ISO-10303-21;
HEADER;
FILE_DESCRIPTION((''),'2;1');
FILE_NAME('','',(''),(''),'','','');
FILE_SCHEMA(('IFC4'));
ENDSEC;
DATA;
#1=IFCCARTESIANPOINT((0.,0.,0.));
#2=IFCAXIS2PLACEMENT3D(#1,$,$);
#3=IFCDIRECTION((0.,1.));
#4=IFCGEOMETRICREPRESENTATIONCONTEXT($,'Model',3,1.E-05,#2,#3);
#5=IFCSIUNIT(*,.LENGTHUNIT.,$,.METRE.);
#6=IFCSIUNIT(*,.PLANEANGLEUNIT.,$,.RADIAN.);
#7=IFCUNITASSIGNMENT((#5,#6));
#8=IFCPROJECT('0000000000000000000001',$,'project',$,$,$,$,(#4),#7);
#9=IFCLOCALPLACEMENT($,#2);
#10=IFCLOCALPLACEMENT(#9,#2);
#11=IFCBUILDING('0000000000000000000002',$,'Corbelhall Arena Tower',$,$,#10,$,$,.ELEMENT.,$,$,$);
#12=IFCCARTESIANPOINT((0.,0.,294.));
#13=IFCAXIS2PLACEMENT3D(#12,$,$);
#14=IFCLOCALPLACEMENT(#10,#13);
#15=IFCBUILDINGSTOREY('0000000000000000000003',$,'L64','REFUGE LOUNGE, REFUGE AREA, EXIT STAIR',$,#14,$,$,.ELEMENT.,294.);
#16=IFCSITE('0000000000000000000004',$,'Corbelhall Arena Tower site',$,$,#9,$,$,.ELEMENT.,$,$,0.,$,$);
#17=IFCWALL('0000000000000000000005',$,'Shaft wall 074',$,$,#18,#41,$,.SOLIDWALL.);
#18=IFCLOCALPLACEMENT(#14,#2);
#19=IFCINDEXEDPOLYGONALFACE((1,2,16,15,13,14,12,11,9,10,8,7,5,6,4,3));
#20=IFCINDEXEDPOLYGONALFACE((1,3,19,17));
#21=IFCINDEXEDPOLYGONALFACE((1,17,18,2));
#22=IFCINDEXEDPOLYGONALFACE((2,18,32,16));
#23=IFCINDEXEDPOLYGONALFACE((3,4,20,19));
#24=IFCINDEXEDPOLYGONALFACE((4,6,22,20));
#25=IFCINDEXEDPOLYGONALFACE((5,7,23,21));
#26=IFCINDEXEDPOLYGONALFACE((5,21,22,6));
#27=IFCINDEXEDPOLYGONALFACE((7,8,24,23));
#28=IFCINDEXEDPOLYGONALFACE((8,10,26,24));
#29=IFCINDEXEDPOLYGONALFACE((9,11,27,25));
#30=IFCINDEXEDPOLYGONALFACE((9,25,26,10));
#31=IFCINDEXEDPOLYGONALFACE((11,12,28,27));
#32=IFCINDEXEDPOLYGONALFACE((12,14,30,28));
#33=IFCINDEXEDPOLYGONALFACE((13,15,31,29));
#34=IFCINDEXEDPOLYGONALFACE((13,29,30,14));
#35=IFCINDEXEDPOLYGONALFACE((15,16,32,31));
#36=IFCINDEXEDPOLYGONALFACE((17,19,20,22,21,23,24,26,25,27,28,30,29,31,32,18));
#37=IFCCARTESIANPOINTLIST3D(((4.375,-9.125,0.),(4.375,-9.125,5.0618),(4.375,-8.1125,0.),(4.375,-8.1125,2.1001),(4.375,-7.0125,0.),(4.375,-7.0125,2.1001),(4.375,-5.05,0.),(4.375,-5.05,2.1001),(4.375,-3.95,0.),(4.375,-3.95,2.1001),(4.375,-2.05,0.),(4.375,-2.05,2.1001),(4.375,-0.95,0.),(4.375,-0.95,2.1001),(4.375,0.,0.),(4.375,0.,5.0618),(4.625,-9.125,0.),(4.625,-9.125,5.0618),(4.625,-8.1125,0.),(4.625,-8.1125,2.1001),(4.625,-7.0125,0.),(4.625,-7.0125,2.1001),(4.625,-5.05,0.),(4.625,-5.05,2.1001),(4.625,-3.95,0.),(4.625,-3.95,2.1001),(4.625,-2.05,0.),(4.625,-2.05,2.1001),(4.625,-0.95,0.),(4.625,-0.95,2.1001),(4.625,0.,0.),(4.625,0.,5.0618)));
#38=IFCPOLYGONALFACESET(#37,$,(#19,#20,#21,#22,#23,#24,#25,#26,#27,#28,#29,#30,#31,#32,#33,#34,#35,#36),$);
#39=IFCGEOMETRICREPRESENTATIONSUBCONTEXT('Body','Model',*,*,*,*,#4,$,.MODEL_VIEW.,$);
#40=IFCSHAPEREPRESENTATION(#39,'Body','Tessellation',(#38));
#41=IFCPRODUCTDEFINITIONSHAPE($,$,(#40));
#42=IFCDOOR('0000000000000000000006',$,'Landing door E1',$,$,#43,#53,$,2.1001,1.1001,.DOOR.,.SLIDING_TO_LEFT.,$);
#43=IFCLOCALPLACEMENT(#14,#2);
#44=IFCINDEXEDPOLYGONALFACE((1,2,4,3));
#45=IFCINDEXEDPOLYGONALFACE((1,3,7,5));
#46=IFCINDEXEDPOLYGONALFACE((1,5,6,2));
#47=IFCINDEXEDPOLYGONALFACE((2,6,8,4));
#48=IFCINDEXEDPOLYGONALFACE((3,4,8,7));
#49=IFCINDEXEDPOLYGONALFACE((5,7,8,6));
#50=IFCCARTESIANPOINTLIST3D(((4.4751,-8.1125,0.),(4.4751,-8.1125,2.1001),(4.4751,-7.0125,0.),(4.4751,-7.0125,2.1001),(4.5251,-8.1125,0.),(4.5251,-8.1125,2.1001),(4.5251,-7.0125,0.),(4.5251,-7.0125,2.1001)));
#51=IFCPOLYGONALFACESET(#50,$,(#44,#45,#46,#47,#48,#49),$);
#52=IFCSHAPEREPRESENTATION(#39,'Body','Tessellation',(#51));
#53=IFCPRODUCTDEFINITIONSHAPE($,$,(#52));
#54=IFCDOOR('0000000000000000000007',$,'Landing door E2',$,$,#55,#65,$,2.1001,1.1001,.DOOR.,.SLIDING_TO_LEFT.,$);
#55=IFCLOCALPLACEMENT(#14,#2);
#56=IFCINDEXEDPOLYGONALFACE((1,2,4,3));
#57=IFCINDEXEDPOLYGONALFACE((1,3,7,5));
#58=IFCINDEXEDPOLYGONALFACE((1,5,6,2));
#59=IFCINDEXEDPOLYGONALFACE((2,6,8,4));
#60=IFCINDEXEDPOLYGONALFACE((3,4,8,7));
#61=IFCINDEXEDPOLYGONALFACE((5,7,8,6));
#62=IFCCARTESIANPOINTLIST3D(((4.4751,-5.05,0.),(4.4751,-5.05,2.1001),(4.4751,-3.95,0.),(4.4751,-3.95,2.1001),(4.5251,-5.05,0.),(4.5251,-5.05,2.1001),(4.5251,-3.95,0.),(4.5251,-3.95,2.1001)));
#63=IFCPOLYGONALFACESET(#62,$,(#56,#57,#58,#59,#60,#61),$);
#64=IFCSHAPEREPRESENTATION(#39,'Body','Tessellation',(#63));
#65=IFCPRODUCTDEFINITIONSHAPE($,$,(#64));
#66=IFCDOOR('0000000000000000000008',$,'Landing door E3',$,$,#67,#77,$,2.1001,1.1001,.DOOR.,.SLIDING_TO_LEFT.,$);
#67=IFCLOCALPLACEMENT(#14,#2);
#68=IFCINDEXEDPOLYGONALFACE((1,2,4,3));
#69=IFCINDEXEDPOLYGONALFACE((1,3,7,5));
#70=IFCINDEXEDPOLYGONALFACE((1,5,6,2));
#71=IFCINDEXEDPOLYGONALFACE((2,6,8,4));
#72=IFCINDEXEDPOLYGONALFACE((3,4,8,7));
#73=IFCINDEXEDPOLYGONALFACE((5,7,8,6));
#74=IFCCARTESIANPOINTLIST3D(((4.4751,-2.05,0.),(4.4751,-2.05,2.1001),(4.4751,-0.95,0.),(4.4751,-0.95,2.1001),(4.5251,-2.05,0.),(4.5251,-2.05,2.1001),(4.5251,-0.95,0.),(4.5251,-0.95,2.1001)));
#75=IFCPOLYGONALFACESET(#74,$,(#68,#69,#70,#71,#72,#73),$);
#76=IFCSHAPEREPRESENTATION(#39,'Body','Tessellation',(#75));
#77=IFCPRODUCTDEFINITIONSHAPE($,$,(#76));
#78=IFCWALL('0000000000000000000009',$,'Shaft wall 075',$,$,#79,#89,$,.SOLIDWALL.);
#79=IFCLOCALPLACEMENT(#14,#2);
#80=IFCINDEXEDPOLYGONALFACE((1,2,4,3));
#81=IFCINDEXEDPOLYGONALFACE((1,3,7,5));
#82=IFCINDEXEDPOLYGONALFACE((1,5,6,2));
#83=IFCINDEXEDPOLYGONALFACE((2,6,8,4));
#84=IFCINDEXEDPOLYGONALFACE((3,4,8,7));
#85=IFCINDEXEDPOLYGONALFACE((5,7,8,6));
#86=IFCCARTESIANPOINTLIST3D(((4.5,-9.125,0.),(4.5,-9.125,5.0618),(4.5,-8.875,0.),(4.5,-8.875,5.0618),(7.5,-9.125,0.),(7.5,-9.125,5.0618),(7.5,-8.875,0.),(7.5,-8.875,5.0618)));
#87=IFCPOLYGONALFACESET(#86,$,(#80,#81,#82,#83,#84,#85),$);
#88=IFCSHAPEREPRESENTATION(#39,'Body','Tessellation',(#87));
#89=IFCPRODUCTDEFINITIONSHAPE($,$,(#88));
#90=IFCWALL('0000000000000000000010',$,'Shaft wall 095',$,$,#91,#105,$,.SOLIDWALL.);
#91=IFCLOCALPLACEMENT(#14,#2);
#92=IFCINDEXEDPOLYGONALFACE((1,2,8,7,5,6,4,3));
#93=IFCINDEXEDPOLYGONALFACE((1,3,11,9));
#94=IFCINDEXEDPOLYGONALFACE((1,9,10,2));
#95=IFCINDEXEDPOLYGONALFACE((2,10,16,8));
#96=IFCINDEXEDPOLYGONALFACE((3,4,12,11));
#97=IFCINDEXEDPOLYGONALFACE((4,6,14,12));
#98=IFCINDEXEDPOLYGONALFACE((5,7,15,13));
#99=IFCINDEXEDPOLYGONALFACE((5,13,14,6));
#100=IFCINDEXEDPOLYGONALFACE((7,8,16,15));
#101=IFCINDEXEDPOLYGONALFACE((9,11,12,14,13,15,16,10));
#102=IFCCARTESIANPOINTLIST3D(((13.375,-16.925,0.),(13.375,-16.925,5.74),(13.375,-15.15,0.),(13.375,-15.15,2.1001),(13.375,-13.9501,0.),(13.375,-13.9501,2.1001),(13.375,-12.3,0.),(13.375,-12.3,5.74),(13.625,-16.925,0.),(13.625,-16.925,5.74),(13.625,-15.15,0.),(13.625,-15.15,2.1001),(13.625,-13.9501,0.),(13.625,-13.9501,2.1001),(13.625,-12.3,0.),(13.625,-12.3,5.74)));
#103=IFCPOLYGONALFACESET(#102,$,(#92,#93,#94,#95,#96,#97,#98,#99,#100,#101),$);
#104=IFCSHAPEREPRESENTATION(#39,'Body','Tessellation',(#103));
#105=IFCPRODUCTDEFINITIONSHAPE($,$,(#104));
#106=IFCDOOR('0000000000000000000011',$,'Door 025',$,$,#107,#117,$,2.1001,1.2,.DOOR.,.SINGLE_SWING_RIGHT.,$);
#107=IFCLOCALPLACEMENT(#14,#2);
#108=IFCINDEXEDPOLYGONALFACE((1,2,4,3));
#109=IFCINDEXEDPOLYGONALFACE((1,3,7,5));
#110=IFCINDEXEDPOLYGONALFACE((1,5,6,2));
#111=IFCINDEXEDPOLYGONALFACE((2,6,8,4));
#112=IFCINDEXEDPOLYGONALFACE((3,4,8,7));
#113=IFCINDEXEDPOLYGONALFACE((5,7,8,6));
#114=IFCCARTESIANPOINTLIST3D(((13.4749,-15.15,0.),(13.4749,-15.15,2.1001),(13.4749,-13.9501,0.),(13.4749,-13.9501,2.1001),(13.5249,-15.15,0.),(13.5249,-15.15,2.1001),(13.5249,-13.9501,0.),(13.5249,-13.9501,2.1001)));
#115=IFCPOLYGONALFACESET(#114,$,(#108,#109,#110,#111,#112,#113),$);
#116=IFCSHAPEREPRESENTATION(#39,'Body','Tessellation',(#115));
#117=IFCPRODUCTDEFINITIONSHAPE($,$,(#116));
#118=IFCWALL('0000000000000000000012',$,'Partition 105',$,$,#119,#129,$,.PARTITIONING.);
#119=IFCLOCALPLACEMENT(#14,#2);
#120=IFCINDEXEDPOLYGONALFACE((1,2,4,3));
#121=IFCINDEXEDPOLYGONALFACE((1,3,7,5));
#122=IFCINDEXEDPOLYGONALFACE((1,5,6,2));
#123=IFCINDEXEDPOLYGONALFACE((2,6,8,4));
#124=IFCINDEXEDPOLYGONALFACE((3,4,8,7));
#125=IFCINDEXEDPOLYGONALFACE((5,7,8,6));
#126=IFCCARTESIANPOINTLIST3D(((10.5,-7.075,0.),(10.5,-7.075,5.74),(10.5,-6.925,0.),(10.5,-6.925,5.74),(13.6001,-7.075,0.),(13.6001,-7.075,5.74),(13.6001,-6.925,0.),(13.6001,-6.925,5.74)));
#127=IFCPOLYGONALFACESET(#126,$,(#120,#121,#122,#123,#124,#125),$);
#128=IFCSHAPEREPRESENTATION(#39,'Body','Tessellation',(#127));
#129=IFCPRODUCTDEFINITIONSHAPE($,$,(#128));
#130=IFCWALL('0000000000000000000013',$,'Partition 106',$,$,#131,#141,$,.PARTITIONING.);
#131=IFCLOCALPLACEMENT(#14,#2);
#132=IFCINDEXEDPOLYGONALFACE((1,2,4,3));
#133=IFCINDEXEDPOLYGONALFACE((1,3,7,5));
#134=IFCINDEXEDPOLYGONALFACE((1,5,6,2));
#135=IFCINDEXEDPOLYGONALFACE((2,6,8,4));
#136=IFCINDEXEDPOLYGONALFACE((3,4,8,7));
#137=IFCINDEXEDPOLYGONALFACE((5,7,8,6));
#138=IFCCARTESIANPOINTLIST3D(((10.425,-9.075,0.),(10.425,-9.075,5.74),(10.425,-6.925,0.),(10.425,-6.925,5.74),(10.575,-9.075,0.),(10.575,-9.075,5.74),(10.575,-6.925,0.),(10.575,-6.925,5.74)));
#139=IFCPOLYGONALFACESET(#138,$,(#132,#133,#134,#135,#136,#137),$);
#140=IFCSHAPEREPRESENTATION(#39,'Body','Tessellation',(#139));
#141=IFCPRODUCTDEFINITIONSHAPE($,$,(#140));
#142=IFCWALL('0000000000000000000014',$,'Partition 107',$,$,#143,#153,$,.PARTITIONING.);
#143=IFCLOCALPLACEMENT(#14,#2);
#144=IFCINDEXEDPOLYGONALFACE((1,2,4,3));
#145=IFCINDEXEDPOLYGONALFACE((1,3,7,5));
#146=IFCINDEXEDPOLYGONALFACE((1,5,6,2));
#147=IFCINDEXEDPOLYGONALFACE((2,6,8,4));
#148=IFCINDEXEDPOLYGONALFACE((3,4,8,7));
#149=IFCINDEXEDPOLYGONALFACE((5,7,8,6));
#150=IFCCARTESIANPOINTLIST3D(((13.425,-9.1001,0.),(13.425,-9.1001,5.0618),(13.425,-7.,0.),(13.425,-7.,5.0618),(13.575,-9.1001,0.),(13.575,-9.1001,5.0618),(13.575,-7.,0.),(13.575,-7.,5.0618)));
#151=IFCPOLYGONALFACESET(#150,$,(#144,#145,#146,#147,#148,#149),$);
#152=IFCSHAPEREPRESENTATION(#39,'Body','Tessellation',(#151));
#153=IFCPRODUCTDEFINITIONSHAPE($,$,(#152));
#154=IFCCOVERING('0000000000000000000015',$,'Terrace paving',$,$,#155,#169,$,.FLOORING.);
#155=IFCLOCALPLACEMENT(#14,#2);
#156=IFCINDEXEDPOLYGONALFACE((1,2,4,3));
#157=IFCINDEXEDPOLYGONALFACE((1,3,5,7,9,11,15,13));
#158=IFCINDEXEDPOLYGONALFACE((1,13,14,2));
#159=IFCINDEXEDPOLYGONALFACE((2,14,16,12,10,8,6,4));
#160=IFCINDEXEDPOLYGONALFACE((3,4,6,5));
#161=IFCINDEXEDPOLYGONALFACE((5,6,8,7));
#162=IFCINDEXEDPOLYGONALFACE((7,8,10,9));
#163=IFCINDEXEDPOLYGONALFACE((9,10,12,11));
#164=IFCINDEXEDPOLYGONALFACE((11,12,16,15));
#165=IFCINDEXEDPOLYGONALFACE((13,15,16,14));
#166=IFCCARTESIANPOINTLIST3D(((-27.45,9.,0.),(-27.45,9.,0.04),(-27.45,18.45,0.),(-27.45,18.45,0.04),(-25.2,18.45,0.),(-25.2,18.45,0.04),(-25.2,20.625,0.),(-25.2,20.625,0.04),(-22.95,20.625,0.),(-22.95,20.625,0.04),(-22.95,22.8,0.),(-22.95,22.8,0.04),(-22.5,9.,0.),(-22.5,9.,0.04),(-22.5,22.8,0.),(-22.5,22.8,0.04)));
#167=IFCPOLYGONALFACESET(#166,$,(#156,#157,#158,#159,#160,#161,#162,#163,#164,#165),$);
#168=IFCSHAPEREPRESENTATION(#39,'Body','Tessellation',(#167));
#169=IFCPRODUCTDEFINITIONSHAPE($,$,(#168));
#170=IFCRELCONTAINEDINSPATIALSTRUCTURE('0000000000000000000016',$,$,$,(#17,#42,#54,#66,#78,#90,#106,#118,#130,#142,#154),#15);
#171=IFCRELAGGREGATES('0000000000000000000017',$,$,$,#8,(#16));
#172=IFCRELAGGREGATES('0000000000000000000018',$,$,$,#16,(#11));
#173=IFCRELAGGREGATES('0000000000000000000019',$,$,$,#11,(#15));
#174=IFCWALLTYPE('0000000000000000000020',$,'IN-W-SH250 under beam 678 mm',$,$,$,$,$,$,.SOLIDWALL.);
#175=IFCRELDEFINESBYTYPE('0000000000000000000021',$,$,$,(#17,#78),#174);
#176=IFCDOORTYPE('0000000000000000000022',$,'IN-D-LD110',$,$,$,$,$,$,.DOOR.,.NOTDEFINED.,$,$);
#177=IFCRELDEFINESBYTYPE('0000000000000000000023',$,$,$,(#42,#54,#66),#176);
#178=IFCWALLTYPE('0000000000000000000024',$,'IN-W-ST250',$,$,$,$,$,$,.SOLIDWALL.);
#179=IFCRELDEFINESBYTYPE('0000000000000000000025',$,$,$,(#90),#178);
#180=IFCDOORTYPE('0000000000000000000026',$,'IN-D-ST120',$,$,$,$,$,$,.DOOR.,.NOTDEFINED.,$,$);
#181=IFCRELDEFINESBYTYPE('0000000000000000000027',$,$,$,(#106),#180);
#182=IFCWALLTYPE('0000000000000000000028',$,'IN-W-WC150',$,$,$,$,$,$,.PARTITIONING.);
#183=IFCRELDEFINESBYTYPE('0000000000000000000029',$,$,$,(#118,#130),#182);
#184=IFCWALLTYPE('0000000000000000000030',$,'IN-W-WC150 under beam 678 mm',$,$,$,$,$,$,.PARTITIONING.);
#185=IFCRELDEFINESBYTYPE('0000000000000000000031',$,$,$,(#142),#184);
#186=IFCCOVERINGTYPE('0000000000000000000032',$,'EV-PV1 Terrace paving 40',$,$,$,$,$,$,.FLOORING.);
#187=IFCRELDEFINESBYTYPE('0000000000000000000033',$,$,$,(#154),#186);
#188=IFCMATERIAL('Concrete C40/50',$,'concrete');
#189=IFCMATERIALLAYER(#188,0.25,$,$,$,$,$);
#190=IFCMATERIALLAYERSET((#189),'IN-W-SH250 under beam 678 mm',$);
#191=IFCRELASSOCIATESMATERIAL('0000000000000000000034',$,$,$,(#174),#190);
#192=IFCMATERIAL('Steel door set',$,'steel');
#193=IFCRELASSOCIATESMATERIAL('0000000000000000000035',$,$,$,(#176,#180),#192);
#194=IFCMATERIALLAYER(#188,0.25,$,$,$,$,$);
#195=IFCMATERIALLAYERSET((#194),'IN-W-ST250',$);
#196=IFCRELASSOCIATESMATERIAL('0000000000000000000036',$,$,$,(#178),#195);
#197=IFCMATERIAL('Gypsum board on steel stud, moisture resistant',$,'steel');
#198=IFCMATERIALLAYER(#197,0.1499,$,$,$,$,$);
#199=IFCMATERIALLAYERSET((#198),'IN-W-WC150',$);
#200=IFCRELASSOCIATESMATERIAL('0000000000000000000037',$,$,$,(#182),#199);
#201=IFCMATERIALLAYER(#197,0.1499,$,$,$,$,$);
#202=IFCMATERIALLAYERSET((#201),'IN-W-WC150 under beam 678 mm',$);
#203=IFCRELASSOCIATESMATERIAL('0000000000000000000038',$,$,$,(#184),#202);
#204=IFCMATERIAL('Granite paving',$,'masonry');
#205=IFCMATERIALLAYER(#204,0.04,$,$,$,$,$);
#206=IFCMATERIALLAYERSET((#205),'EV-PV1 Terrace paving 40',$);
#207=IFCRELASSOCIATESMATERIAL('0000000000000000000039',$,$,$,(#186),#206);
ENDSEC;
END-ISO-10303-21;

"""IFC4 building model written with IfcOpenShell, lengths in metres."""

from ifc_helpers import new_model, si_unit, direction, frame, frame_2d, origin, place, context, subcontext, project, spatial, polyline, rectangle, outline, extrude, material, layer, layer_set, type_object, element, fill, save


model = new_model("IFC4")

# Units and contexts
model_context = context("Model", 3, precision=1e-05, world=origin(), true_north=direction((0.0, 1.0)))
body_context = subcontext(model_context, "Body", "Model", "MODEL_VIEW")
ifc_project = project(units=[si_unit("LENGTHUNIT", "METRE"), si_unit("PLANEANGLEUNIT", "RADIAN")], contexts=[model_context])

# Site, building, storey
site_placement = place(None, origin())
site = spatial("IfcSite", under=ifc_project, at=site_placement, Name="Corbelhall Arena Tower site", CompositionType="ELEMENT", RefElevation=0.0)
building_placement = place(site_placement, origin())
building = spatial("IfcBuilding", under=site, at=building_placement, Name="Corbelhall Arena Tower", CompositionType="ELEMENT")
storey_placement = place(building_placement, frame((0.0, 0.0, 294.0)))
storey = spatial("IfcBuildingStorey", under=building, at=storey_placement, Name="L64", Description="REFUGE LOUNGE, REFUGE AREA, EXIT STAIR", CompositionType="ELEMENT", Elevation=294.0)

# Shared definitions
ifc_material_1 = material(Name="Concrete C40/50", Category="concrete")

# Shared definitions
ifc_material_2 = material(Name="Steel door set", Category="steel")

# Wall, openings, doors
ifc_layer_1 = layer(ifc_material_1, 0.25)
ifc_layer_set_1 = layer_set([ifc_layer_1], Name="IN-W-SH250 under beam 678 mm")
wall_type_1 = type_object("IfcWallType", Name="IN-W-SH250 under beam 678 mm", PredefinedType="SOLIDWALL", material=ifc_layer_set_1)
wall_1_placement = place(storey_placement, frame((4.5, -9.125, 0.0), z_axis=(0.0, 0.0, 1.0), x_axis=(0.0, 1.0, 0.0)))
wall_1 = element("IfcWall", 1, at=wall_1_placement, inside=storey, type_object=wall_type_1, Name="Shaft wall 074", PredefinedType="SOLIDWALL", context=body_context, shape_type="SweptSolid", body=[
    extrude(rectangle(XDim=9.125, YDim=0.25, at=frame_2d((4.5625, 0.0))), origin(), (0.0, 0.0, 1.0), 5.0618),
])
opening_1_placement = place(wall_1_placement, frame((1.0125, 0.0, 0.0)))
opening_1 = element("IfcOpeningElement", 2, at=opening_1_placement, cuts=wall_1, PredefinedType="OPENING", context=body_context, shape_type="SweptSolid", body=[
    extrude(rectangle(XDim=1.1001, YDim=2.1001, at=frame_2d((0.55, 1.05))), frame((0.0, 0.125, 0.0), z_axis=(0.0, -1.0, 0.0), x_axis=(1.0, 0.0, 0.0)), (0.0, 0.0, 1.0), 0.25),
])
opening_2_placement = place(wall_1_placement, frame((4.075, 0.0, 0.0)))
opening_2 = element("IfcOpeningElement", 3, at=opening_2_placement, cuts=wall_1, PredefinedType="OPENING", context=body_context, shape_type="SweptSolid", body=[
    extrude(rectangle(XDim=1.1001, YDim=2.1001, at=frame_2d((0.55, 1.05))), frame((0.0, 0.125, 0.0), z_axis=(0.0, -1.0, 0.0), x_axis=(1.0, 0.0, 0.0)), (0.0, 0.0, 1.0), 0.25),
])
opening_3_placement = place(wall_1_placement, frame((7.075, 0.0, 0.0)))
opening_3 = element("IfcOpeningElement", 4, at=opening_3_placement, cuts=wall_1, PredefinedType="OPENING", context=body_context, shape_type="SweptSolid", body=[
    extrude(rectangle(XDim=1.1001, YDim=2.1001, at=frame_2d((0.55, 1.05))), frame((0.0, 0.125, 0.0), z_axis=(0.0, -1.0, 0.0), x_axis=(1.0, 0.0, 0.0)), (0.0, 0.0, 1.0), 0.25),
])
door_type_1 = type_object("IfcDoorType", Name="IN-D-LD110", OperationType="NOTDEFINED", PredefinedType="DOOR", material=ifc_material_2)
door_1_placement = place(opening_1_placement, origin())
door_1 = element("IfcDoor", 5, at=door_1_placement, inside=storey, type_object=door_type_1, Name="Landing door E1", OperationType="SLIDING_TO_LEFT", OverallHeight=2.1001, OverallWidth=1.1001, PredefinedType="DOOR", context=body_context, shape_type="SweptSolid", body=[
    extrude(rectangle(XDim=1.1001, YDim=2.1001, at=frame_2d((0.55, 1.05))), frame((0.0, 0.0249, 0.0), z_axis=(0.0, -1.0, 0.0), x_axis=(1.0, 0.0, 0.0)), (0.0, 0.0, 1.0), 0.05),
])
fill(opening_1, door_1)
door_2_placement = place(opening_2_placement, origin())
door_2 = element("IfcDoor", 6, at=door_2_placement, inside=storey, type_object=door_type_1, Name="Landing door E2", OperationType="SLIDING_TO_LEFT", OverallHeight=2.1001, OverallWidth=1.1001, PredefinedType="DOOR", context=body_context, shape_type="SweptSolid", body=[
    extrude(rectangle(XDim=1.1001, YDim=2.1001, at=frame_2d((0.55, 1.05))), frame((0.0, 0.0249, 0.0), z_axis=(0.0, -1.0, 0.0), x_axis=(1.0, 0.0, 0.0)), (0.0, 0.0, 1.0), 0.05),
])
fill(opening_2, door_2)
door_3_placement = place(opening_3_placement, origin())
door_3 = element("IfcDoor", 7, at=door_3_placement, inside=storey, type_object=door_type_1, Name="Landing door E3", OperationType="SLIDING_TO_LEFT", OverallHeight=2.1001, OverallWidth=1.1001, PredefinedType="DOOR", context=body_context, shape_type="SweptSolid", body=[
    extrude(rectangle(XDim=1.1001, YDim=2.1001, at=frame_2d((0.55, 1.05))), frame((0.0, 0.0249, 0.0), z_axis=(0.0, -1.0, 0.0), x_axis=(1.0, 0.0, 0.0)), (0.0, 0.0, 1.0), 0.05),
])
fill(opening_3, door_3)

# Wall
wall_2_placement = place(storey_placement, frame((7.5, -9.0, 0.0), z_axis=(0.0, 0.0, 1.0), x_axis=(-1.0, 0.0, 0.0)))
element("IfcWall", 8, at=wall_2_placement, inside=storey, type_object=wall_type_1, Name="Shaft wall 075", PredefinedType="SOLIDWALL", context=body_context, shape_type="SweptSolid", body=[
    extrude(rectangle(XDim=3.0, YDim=0.25, at=frame_2d((1.5, 0.0))), origin(), (0.0, 0.0, 1.0), 5.0618),
])

# Wall, opening, door
ifc_layer_2 = layer(ifc_material_1, 0.25)
ifc_layer_set_2 = layer_set([ifc_layer_2], Name="IN-W-ST250")
wall_type_2 = type_object("IfcWallType", Name="IN-W-ST250", PredefinedType="SOLIDWALL", material=ifc_layer_set_2)
wall_3_placement = place(storey_placement, frame((13.5, -12.3, 0.0), z_axis=(0.0, 0.0, 1.0), x_axis=(0.0, -1.0, 0.0)))
wall_3 = element("IfcWall", 9, at=wall_3_placement, inside=storey, type_object=wall_type_2, Name="Shaft wall 095", PredefinedType="SOLIDWALL", context=body_context, shape_type="SweptSolid", body=[
    extrude(rectangle(XDim=4.625, YDim=0.25, at=frame_2d((2.3125, 0.0))), origin(), (0.0, 0.0, 1.0), 5.74),
])
opening_4_placement = place(wall_3_placement, frame((1.6499, 0.0, 0.0)))
opening_4 = element("IfcOpeningElement", 10, at=opening_4_placement, cuts=wall_3, PredefinedType="OPENING", context=body_context, shape_type="SweptSolid", body=[
    extrude(rectangle(XDim=1.2, YDim=2.1001, at=frame_2d((0.6001, 1.05))), frame((0.0, 0.125, 0.0), z_axis=(0.0, -1.0, 0.0), x_axis=(1.0, 0.0, 0.0)), (0.0, 0.0, 1.0), 0.25),
])
door_type_2 = type_object("IfcDoorType", Name="IN-D-ST120", OperationType="NOTDEFINED", PredefinedType="DOOR", material=ifc_material_2)
door_4_placement = place(opening_4_placement, origin())
door_4 = element("IfcDoor", 11, at=door_4_placement, inside=storey, type_object=door_type_2, Name="Door 025", OperationType="SINGLE_SWING_RIGHT", OverallHeight=2.1001, OverallWidth=1.2, PredefinedType="DOOR", context=body_context, shape_type="SweptSolid", body=[
    extrude(rectangle(XDim=1.2, YDim=2.1001, at=frame_2d((0.6001, 1.05))), frame((0.0, 0.0249, 0.0), z_axis=(0.0, -1.0, 0.0), x_axis=(1.0, 0.0, 0.0)), (0.0, 0.0, 1.0), 0.05),
])
fill(opening_4, door_4)

# Walls
ifc_material_3 = material(Name="Gypsum board on steel stud, moisture resistant", Category="steel")
ifc_layer_3 = layer(ifc_material_3, 0.1499)
ifc_layer_set_3 = layer_set([ifc_layer_3], Name="IN-W-WC150")
wall_type_3 = type_object("IfcWallType", Name="IN-W-WC150", PredefinedType="PARTITIONING", material=ifc_layer_set_3)
wall_4_placement = place(storey_placement, frame((10.5, -7.0, 0.0), z_axis=(0.0, 0.0, 1.0), x_axis=(1.0, 0.0, 0.0)))
element("IfcWall", 12, at=wall_4_placement, inside=storey, type_object=wall_type_3, Name="Partition 105", PredefinedType="PARTITIONING", context=body_context, shape_type="SweptSolid", body=[
    extrude(rectangle(XDim=3.1001, YDim=0.1499, at=frame_2d((1.55, 0.0))), origin(), (0.0, 0.0, 1.0), 5.74),
])
wall_5_placement = place(storey_placement, frame((10.5, -6.925, 0.0), z_axis=(0.0, 0.0, 1.0), x_axis=(0.0, -1.0, 0.0)))
element("IfcWall", 13, at=wall_5_placement, inside=storey, type_object=wall_type_3, Name="Partition 106", PredefinedType="PARTITIONING", context=body_context, shape_type="SweptSolid", body=[
    extrude(rectangle(XDim=2.1499, YDim=0.1499, at=frame_2d((1.075, 0.0))), origin(), (0.0, 0.0, 1.0), 5.74),
])
ifc_layer_4 = layer(ifc_material_3, 0.1499)
ifc_layer_set_4 = layer_set([ifc_layer_4], Name="IN-W-WC150 under beam 678 mm")
wall_type_4 = type_object("IfcWallType", Name="IN-W-WC150 under beam 678 mm", PredefinedType="PARTITIONING", material=ifc_layer_set_4)
wall_6_placement = place(storey_placement, frame((13.5, -7.0, 0.0), z_axis=(0.0, 0.0, 1.0), x_axis=(0.0, -1.0, 0.0)))
element("IfcWall", 14, at=wall_6_placement, inside=storey, type_object=wall_type_4, Name="Partition 107", PredefinedType="PARTITIONING", context=body_context, shape_type="SweptSolid", body=[
    extrude(rectangle(XDim=2.1001, YDim=0.1499, at=frame_2d((1.05, 0.0))), origin(), (0.0, 0.0, 1.0), 5.0618),
])

# Covering
ifc_material_4 = material(Name="Granite paving", Category="masonry")
ifc_layer_5 = layer(ifc_material_4, 0.04)
ifc_layer_set_5 = layer_set([ifc_layer_5], Name="EV-PV1 Terrace paving 40")
covering_type = type_object("IfcCoveringType", Name="EV-PV1 Terrace paving 40", PredefinedType="FLOORING", material=ifc_layer_set_5)
covering_placement = place(storey_placement, origin())
element("IfcCovering", 15, at=covering_placement, inside=storey, type_object=covering_type, Name="Terrace paving", PredefinedType="FLOORING", context=body_context, shape_type="SweptSolid", body=[
    extrude(outline(polyline([(-22.5, 9.0), (-27.45, 9.0), (-27.45, 18.45), (-25.2, 18.45), (-25.2, 20.625), (-22.95, 20.625), (-22.95, 22.8), (-22.5, 22.8), (-22.5, 9.0)])), origin(), (0.0, 0.0, 1.0), 0.04),
])

save(model, "model.ifc")
